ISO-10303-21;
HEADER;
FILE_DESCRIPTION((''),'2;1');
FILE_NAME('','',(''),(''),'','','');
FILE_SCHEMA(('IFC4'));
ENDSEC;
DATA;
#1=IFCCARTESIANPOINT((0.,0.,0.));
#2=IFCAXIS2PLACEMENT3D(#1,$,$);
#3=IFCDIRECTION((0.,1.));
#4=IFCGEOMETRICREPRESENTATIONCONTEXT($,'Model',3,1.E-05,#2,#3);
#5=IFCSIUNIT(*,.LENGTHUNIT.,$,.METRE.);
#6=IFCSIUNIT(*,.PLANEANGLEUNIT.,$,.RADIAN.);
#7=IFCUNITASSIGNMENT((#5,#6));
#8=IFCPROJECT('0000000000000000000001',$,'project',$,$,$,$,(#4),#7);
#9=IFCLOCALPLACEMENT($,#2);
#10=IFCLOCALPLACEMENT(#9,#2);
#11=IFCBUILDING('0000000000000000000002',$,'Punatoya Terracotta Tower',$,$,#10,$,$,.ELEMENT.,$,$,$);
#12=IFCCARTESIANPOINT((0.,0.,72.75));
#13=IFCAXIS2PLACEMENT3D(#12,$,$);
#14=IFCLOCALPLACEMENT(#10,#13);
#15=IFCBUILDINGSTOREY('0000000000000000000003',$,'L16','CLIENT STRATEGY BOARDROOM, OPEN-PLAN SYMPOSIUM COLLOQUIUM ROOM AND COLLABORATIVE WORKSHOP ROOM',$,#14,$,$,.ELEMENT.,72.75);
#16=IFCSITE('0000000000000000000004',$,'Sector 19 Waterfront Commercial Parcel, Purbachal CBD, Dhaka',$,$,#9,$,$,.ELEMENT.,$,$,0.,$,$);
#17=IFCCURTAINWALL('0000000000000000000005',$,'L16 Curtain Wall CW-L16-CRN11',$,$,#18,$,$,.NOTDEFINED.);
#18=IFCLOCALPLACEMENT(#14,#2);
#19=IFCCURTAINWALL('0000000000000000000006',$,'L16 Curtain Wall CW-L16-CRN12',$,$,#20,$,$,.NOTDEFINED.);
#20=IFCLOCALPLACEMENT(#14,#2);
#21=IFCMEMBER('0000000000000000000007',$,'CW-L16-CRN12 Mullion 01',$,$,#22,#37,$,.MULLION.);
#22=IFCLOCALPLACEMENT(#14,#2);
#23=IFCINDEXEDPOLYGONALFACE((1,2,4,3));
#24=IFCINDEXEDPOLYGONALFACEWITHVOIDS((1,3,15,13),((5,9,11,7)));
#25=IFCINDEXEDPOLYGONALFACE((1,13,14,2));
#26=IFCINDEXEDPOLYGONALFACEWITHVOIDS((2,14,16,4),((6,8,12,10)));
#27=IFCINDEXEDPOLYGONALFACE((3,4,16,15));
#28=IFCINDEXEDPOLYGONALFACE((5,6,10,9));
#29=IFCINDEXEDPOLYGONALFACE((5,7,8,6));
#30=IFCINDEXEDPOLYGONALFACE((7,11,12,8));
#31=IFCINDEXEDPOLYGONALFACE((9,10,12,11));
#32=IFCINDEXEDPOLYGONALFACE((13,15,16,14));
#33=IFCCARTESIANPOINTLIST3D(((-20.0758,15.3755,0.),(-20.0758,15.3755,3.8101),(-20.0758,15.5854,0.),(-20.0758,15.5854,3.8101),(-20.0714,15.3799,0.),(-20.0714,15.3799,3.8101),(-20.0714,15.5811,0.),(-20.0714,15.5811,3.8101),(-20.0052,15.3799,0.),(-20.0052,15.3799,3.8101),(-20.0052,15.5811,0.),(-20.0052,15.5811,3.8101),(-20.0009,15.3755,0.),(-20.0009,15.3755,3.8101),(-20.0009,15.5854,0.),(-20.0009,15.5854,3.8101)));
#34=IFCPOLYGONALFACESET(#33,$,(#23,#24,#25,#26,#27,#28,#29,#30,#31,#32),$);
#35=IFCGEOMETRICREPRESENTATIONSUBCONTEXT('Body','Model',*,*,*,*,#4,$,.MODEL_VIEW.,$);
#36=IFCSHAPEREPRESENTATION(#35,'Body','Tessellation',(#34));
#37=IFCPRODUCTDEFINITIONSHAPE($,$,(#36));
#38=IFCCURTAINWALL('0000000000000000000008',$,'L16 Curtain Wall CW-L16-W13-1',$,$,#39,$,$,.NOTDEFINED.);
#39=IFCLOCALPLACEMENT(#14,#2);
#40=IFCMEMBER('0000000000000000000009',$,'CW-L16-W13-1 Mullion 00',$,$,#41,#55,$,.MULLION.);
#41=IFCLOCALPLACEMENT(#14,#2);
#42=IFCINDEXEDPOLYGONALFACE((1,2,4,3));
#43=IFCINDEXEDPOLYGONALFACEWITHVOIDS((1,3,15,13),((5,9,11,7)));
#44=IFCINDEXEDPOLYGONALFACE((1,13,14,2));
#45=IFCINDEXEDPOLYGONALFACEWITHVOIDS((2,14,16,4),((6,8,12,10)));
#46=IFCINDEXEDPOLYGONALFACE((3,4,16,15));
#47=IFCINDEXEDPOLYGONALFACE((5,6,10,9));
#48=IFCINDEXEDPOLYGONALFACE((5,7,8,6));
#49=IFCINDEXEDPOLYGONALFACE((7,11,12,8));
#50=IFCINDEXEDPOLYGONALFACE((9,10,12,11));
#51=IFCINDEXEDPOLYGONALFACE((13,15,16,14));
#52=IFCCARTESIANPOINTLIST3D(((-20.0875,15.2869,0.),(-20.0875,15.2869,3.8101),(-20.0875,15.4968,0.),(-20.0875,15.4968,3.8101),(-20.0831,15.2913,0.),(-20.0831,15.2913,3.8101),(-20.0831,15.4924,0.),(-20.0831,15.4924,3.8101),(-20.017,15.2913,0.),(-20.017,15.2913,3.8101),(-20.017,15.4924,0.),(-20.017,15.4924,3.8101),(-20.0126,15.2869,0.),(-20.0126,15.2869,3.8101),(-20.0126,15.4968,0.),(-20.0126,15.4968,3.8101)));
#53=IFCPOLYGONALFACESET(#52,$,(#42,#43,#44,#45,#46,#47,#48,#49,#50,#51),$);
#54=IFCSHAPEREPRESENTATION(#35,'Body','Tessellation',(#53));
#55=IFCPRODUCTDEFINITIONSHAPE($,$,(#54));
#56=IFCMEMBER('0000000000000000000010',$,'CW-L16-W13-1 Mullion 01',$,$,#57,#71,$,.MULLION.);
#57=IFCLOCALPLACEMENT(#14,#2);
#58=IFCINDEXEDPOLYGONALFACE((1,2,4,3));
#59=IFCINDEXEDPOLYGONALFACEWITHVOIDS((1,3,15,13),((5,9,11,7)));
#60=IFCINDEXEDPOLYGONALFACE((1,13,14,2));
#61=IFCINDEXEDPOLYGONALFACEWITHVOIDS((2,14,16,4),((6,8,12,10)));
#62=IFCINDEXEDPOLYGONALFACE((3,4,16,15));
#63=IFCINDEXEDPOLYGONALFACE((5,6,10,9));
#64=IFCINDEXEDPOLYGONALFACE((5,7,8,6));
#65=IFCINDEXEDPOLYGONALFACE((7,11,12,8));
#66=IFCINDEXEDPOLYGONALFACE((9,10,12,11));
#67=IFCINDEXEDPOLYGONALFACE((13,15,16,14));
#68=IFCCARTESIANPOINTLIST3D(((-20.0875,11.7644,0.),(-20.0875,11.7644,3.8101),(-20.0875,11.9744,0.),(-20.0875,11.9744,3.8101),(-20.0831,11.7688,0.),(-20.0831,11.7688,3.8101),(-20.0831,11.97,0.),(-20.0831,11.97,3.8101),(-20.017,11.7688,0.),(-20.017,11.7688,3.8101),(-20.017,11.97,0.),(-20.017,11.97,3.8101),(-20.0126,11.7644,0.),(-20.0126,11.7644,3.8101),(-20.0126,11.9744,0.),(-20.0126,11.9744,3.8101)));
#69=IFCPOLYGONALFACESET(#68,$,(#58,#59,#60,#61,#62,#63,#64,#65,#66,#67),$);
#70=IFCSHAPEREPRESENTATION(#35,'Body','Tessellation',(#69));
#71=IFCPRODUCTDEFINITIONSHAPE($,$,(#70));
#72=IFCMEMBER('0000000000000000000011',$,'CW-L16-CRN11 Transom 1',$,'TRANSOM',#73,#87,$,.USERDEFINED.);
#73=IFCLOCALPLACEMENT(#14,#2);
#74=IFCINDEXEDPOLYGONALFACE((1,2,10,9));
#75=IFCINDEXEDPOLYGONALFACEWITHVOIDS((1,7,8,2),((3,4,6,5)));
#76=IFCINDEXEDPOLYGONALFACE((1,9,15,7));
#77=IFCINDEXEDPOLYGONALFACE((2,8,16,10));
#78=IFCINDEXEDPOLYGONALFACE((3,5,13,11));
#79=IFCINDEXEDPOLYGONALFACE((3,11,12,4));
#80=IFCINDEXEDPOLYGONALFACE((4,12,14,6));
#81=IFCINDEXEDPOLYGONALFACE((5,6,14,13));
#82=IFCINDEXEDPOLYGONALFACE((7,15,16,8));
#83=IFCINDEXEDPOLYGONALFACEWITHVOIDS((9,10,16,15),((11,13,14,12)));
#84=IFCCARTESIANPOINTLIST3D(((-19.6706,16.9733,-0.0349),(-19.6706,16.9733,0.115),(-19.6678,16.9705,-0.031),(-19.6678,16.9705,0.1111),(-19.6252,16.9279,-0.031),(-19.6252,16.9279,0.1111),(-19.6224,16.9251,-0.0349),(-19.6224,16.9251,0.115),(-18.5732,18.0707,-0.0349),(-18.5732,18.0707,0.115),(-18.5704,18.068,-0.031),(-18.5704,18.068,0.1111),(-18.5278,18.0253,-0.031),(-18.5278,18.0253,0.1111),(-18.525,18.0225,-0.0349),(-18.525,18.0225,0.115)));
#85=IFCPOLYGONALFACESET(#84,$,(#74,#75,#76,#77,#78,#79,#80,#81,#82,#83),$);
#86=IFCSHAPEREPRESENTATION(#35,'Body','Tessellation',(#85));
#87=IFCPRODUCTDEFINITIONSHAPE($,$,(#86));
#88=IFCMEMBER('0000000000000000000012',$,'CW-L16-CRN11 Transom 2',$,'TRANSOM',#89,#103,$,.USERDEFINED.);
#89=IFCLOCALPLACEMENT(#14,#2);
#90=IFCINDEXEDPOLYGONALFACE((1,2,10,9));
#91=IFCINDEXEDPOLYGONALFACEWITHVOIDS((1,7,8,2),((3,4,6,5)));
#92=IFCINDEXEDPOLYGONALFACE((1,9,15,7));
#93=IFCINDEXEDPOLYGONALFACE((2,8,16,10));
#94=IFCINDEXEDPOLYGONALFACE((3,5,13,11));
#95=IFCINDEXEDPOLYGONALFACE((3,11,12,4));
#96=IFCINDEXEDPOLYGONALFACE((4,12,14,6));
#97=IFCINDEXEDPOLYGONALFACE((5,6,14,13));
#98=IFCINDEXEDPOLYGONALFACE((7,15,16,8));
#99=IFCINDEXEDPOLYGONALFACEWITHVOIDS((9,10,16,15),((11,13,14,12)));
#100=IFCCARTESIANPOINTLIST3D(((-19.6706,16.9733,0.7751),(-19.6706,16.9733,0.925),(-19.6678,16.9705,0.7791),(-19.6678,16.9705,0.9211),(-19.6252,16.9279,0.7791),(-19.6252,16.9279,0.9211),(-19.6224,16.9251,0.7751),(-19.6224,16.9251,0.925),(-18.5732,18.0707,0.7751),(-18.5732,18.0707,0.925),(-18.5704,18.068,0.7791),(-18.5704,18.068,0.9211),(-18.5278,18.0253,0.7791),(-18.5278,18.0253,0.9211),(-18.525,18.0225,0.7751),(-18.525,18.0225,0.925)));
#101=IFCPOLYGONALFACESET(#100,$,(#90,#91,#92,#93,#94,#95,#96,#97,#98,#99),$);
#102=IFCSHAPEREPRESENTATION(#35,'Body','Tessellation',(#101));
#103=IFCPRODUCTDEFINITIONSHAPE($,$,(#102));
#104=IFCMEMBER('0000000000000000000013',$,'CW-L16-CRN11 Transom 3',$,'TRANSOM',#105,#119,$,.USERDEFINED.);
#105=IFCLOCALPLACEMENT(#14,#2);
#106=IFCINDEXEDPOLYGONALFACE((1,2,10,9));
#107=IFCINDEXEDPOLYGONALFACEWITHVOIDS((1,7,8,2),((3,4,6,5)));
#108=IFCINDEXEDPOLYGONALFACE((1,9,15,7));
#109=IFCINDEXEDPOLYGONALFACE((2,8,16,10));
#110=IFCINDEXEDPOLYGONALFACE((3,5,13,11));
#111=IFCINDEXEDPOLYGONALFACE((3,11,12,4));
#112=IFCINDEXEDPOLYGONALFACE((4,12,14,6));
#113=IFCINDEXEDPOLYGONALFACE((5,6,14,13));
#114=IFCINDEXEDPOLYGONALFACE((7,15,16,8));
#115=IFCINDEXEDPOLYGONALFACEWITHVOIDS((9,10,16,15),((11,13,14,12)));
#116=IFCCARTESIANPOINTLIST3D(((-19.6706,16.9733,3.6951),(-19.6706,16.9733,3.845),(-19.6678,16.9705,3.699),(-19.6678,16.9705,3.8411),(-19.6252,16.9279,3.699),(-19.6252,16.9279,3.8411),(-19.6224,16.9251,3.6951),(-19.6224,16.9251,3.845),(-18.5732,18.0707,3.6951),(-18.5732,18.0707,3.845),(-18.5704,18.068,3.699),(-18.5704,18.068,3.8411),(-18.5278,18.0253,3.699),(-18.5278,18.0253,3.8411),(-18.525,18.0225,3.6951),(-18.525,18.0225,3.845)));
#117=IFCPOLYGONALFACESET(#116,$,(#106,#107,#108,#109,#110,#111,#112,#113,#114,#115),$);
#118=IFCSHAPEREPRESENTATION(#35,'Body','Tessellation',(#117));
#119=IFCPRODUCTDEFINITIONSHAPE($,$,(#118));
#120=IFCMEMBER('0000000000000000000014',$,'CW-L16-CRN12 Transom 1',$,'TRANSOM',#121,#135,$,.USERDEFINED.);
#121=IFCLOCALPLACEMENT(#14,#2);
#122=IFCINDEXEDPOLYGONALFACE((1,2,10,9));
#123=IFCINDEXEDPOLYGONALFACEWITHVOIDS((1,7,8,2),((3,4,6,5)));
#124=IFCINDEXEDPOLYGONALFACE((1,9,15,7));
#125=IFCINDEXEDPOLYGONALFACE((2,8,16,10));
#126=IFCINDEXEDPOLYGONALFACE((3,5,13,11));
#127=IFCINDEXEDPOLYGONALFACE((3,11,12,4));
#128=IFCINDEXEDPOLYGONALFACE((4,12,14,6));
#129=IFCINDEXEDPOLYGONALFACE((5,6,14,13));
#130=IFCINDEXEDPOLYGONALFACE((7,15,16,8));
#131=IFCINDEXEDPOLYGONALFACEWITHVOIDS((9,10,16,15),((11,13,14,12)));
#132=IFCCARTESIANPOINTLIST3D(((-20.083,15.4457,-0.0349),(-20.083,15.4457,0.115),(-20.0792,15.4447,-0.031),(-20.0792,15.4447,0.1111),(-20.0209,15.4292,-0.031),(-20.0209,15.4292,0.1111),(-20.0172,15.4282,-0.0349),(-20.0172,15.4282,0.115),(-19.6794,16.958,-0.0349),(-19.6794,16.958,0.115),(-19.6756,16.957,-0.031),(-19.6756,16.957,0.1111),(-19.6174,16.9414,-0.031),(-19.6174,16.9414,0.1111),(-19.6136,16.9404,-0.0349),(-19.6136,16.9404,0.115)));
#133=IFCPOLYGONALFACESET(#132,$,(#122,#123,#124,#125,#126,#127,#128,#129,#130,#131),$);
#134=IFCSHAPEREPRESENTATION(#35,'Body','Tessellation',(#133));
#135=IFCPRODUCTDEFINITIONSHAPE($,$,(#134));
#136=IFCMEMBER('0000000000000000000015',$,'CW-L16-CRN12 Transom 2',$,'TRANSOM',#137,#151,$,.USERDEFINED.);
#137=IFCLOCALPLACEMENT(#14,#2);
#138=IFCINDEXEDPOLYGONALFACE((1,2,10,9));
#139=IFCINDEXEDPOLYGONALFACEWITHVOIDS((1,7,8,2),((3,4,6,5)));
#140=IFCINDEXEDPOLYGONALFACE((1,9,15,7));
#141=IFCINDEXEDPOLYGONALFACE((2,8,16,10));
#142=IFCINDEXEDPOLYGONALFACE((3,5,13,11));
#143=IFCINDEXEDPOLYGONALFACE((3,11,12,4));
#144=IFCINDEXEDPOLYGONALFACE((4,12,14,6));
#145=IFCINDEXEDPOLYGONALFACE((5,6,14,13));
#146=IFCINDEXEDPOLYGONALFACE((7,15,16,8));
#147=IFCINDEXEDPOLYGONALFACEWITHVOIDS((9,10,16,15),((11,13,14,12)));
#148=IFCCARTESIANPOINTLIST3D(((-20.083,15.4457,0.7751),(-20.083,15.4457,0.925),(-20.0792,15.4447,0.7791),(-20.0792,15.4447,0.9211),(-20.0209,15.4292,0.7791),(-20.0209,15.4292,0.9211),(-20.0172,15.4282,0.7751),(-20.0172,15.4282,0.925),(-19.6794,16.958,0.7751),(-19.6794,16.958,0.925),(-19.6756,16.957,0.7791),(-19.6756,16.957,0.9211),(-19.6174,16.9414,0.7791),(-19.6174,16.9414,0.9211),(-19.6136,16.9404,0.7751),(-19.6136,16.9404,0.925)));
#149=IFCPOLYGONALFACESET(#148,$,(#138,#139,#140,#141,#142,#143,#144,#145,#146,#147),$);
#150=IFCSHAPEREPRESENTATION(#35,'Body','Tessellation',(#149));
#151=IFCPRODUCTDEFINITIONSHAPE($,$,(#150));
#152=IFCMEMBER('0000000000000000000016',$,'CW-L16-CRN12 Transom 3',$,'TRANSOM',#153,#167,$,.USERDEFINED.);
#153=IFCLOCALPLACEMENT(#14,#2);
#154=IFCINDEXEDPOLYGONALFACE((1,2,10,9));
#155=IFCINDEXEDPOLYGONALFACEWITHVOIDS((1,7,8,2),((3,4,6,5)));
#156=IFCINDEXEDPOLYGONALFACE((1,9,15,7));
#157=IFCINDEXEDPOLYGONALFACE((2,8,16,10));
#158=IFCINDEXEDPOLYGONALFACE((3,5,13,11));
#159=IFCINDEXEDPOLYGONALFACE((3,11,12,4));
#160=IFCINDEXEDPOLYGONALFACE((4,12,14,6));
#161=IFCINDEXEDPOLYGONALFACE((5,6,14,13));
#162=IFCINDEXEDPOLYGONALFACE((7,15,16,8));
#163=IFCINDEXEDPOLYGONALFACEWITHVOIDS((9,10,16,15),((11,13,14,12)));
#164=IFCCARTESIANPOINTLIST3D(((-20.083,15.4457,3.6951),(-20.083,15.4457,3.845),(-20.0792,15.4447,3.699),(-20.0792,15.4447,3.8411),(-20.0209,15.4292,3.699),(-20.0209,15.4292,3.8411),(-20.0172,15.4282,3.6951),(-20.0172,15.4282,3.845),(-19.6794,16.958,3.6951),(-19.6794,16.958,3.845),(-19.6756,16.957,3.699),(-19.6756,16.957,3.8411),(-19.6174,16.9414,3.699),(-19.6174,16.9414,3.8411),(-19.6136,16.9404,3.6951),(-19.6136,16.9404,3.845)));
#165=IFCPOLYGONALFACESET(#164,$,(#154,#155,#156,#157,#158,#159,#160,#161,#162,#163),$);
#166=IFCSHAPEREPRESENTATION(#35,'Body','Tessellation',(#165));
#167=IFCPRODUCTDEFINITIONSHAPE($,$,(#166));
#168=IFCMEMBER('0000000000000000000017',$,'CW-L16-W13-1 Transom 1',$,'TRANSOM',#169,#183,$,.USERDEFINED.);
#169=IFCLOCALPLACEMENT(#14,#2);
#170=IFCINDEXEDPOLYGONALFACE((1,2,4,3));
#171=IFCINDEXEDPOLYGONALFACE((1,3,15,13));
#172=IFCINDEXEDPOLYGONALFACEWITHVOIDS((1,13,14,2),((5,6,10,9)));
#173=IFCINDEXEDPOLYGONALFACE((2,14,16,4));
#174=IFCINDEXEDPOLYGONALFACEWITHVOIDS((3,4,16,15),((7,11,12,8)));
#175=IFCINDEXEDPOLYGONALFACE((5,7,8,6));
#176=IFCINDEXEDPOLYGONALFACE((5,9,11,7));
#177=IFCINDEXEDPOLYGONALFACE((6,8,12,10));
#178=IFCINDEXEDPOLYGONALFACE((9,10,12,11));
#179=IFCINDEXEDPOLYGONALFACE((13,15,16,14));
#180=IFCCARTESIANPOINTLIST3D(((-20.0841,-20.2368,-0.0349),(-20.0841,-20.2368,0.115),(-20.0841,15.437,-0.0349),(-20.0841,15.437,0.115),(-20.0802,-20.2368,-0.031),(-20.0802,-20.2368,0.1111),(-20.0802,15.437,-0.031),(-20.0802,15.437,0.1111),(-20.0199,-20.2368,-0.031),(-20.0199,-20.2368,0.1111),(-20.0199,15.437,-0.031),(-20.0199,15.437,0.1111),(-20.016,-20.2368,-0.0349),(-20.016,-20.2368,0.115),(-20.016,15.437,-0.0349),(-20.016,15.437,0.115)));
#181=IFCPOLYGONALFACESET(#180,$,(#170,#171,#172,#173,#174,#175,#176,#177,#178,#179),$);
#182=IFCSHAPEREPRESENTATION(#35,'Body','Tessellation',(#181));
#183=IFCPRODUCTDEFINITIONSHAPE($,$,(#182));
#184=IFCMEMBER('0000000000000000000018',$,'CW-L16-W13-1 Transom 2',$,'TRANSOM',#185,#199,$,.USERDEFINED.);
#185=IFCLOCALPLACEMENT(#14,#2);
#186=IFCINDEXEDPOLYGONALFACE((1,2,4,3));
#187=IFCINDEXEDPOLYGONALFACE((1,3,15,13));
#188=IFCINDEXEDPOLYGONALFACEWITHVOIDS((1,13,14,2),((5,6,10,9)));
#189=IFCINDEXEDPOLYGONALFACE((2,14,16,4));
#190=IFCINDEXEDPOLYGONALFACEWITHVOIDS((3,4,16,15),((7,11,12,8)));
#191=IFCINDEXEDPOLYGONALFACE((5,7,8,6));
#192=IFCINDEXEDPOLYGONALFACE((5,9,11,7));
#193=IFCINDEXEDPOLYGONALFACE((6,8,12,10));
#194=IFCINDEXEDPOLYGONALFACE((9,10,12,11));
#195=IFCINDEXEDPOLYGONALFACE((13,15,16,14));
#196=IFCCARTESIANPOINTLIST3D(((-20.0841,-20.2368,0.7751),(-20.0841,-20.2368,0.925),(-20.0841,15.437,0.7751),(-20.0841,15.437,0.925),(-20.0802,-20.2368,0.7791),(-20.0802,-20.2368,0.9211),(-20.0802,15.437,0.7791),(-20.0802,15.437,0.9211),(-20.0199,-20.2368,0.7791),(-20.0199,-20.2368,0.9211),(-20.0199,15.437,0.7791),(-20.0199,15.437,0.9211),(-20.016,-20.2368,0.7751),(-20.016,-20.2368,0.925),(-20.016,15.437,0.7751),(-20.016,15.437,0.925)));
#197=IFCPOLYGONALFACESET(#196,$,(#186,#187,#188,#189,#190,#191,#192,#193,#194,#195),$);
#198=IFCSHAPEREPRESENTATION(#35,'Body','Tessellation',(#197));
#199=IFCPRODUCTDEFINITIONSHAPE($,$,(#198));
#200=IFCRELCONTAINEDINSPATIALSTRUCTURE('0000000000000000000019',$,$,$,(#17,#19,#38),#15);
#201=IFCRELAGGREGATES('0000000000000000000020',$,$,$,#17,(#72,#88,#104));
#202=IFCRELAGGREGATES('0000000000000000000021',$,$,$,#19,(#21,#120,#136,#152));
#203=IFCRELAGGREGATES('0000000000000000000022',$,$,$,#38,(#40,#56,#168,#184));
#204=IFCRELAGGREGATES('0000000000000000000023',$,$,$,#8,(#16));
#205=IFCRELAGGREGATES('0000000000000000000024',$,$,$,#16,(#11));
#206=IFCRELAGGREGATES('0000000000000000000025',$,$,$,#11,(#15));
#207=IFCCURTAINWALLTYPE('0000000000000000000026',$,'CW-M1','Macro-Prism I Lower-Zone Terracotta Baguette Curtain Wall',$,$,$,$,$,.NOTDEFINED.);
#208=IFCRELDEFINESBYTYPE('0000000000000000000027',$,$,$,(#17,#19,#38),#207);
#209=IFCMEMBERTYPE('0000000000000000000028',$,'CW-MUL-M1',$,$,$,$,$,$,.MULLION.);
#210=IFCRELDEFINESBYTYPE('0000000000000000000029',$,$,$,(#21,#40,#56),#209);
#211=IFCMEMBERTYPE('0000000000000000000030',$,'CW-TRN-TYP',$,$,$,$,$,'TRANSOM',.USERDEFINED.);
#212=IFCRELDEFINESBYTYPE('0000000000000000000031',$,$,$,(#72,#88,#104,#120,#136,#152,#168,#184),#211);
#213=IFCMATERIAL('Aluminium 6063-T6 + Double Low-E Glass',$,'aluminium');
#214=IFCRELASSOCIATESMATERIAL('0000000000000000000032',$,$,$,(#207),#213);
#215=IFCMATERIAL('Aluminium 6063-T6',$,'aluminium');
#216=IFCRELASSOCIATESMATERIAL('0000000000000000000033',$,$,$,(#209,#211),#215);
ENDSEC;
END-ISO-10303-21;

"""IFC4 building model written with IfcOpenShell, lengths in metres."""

from ifc_helpers import new_model, si_unit, direction, frame, origin, origin_2d, place, context, subcontext, project, spatial, hollow_rectangle, extrude, material, material_profile, profile_set, type_object, element, aggregate, save


model = new_model("IFC4")

# Units and contexts
model_context = context("Model", 3, precision=1e-05, world=origin(), true_north=direction((0.0, 1.0)))
body_context = subcontext(model_context, "Body", "Model", "MODEL_VIEW")
ifc_project = project(units=[si_unit("LENGTHUNIT", "METRE"), si_unit("PLANEANGLEUNIT", "RADIAN")], contexts=[model_context])

# Site, building, storey
site_placement = place(None, origin())
site = spatial("IfcSite", under=ifc_project, at=site_placement, Name="Sector 19 Waterfront Commercial Parcel, Purbachal CBD, Dhaka", CompositionType="ELEMENT", RefElevation=0.0)
building_placement = place(site_placement, origin())
building = spatial("IfcBuilding", under=site, at=building_placement, Name="Punatoya Terracotta Tower", CompositionType="ELEMENT")
storey_placement = place(building_placement, frame((0.0, 0.0, 72.75)))
storey = spatial("IfcBuildingStorey", under=building, at=storey_placement, Name="L16", Description="CLIENT STRATEGY BOARDROOM, OPEN-PLAN SYMPOSIUM COLLOQUIUM ROOM AND COLLABORATIVE WORKSHOP ROOM", CompositionType="ELEMENT", Elevation=72.75)

# Shared definitions
ifc_material_1 = material(Name="Aluminium 6063-T6 + Double Low-E Glass", Category="aluminium")
curtain_wall_type = type_object("IfcCurtainWallType", Name="CW-M1", Description="Macro-Prism I Lower-Zone Terracotta Baguette Curtain Wall", PredefinedType="NOTDEFINED", material=ifc_material_1)
ifc_material_2 = material(Name="Aluminium 6063-T6", Category="aluminium")
ifc_material_profile_1 = material_profile(ifc_material_2, hollow_rectangle(XDim=0.075, YDim=0.21, WallThickness=0.0044, at=origin_2d()))
ifc_profile_set_1 = profile_set([ifc_material_profile_1], Name="Aluminium 6063-T6")
member_type_1 = type_object("IfcMemberType", Name="CW-MUL-M1", PredefinedType="MULLION", material=ifc_profile_set_1)

# Curtain walls, members
curtain_wall_1_placement = place(storey_placement, origin())
curtain_wall_1 = element("IfcCurtainWall", 1, at=curtain_wall_1_placement, inside=storey, type_object=curtain_wall_type, Name="L16 Curtain Wall CW-L16-CRN11", PredefinedType="NOTDEFINED")
curtain_wall_2_placement = place(storey_placement, origin())
curtain_wall_2 = element("IfcCurtainWall", 2, at=curtain_wall_2_placement, inside=storey, type_object=curtain_wall_type, Name="L16 Curtain Wall CW-L16-CRN12", PredefinedType="NOTDEFINED")
member_1_placement = place(storey_placement, frame((-20.0383, 15.4805, 0.0), z_axis=(0.0, 0.0, 1.0), x_axis=(1.0, 0.0, 0.0)))
member_1 = element("IfcMember", 3, at=member_1_placement, type_object=member_type_1, Name="CW-L16-CRN12 Mullion 01", PredefinedType="MULLION", context=body_context, shape_type="SweptSolid", body=[
    extrude(hollow_rectangle(XDim=0.075, YDim=0.21, WallThickness=0.0044, at=origin_2d()), origin(), (0.0, 0.0, 1.0), 3.8101),
])
curtain_wall_3_placement = place(storey_placement, origin())
curtain_wall_3 = element("IfcCurtainWall", 4, at=curtain_wall_3_placement, inside=storey, type_object=curtain_wall_type, Name="L16 Curtain Wall CW-L16-W13-1", PredefinedType="NOTDEFINED")
member_2_placement = place(storey_placement, frame((-20.05, 15.3918, 0.0), z_axis=(0.0, 0.0, 1.0), x_axis=(1.0, 0.0, 0.0)))
member_2 = element("IfcMember", 5, at=member_2_placement, type_object=member_type_1, Name="CW-L16-W13-1 Mullion 00", PredefinedType="MULLION", context=body_context, shape_type="SweptSolid", body=[
    extrude(hollow_rectangle(XDim=0.075, YDim=0.21, WallThickness=0.0044, at=origin_2d()), origin(), (0.0, 0.0, 1.0), 3.8101),
])
member_3_placement = place(storey_placement, frame((-20.05, 11.8694, 0.0), z_axis=(0.0, 0.0, 1.0), x_axis=(1.0, 0.0, 0.0)))
member_3 = element("IfcMember", 6, at=member_3_placement, type_object=member_type_1, Name="CW-L16-W13-1 Mullion 01", PredefinedType="MULLION", context=body_context, shape_type="SweptSolid", body=[
    extrude(hollow_rectangle(XDim=0.075, YDim=0.21, WallThickness=0.0044, at=origin_2d()), origin(), (0.0, 0.0, 1.0), 3.8101),
])

# Members
ifc_material_profile_2 = material_profile(ifc_material_2, hollow_rectangle(XDim=0.0681, YDim=0.1499, WallThickness=0.0039, at=origin_2d()))
ifc_profile_set_2 = profile_set([ifc_material_profile_2], Name="Aluminium 6063-T6")
member_type_2 = type_object("IfcMemberType", Name="CW-TRN-TYP", ElementType="TRANSOM", PredefinedType="USERDEFINED", material=ifc_profile_set_2)
member_4_placement = place(storey_placement, frame((-18.5491, 18.0466, 0.04), z_axis=(-0.707107, -0.707107, 0.0), x_axis=(0.707107, -0.707107, 0.0)))
member_4 = element("IfcMember", 7, at=member_4_placement, type_object=member_type_2, Name="CW-L16-CRN11 Transom 1", ObjectType="TRANSOM", PredefinedType="USERDEFINED", context=body_context, shape_type="SweptSolid", body=[
    extrude(hollow_rectangle(XDim=0.0681, YDim=0.1499, WallThickness=0.0039, at=origin_2d()), origin(), (0.0, 0.0, 1.0), 1.552),
])
member_5_placement = place(storey_placement, frame((-18.5491, 18.0466, 0.8501), z_axis=(-0.707107, -0.707107, 0.0), x_axis=(0.707107, -0.707107, 0.0)))
member_5 = element("IfcMember", 8, at=member_5_placement, type_object=member_type_2, Name="CW-L16-CRN11 Transom 2", ObjectType="TRANSOM", PredefinedType="USERDEFINED", context=body_context, shape_type="SweptSolid", body=[
    extrude(hollow_rectangle(XDim=0.0681, YDim=0.1499, WallThickness=0.0039, at=origin_2d()), origin(), (0.0, 0.0, 1.0), 1.552),
])
member_6_placement = place(storey_placement, frame((-18.5491, 18.0466, 3.77), z_axis=(-0.707107, -0.707107, 0.0), x_axis=(0.707107, -0.707107, 0.0)))
member_6 = element("IfcMember", 9, at=member_6_placement, type_object=member_type_2, Name="CW-L16-CRN11 Transom 3", ObjectType="TRANSOM", PredefinedType="USERDEFINED", context=body_context, shape_type="SweptSolid", body=[
    extrude(hollow_rectangle(XDim=0.0681, YDim=0.1499, WallThickness=0.0039, at=origin_2d()), origin(), (0.0, 0.0, 1.0), 1.552),
])
member_7_placement = place(storey_placement, frame((-19.6465, 16.9492, 0.04), z_axis=(-0.257847, -0.966186, 0.0), x_axis=(0.966186, -0.257847, 0.0)))
member_7 = element("IfcMember", 10, at=member_7_placement, type_object=member_type_2, Name="CW-L16-CRN12 Transom 1", ObjectType="TRANSOM", PredefinedType="USERDEFINED", context=body_context, shape_type="SweptSolid", body=[
    extrude(hollow_rectangle(XDim=0.0681, YDim=0.1499, WallThickness=0.0039, at=origin_2d()), origin(), (0.0, 0.0, 1.0), 1.5652),
])
member_8_placement = place(storey_placement, frame((-19.6465, 16.9492, 0.8501), z_axis=(-0.257847, -0.966186, 0.0), x_axis=(0.966186, -0.257847, 0.0)))
member_8 = element("IfcMember", 11, at=member_8_placement, type_object=member_type_2, Name="CW-L16-CRN12 Transom 2", ObjectType="TRANSOM", PredefinedType="USERDEFINED", context=body_context, shape_type="SweptSolid", body=[
    extrude(hollow_rectangle(XDim=0.0681, YDim=0.1499, WallThickness=0.0039, at=origin_2d()), origin(), (0.0, 0.0, 1.0), 1.5652),
])
member_9_placement = place(storey_placement, frame((-19.6465, 16.9492, 3.77), z_axis=(-0.257847, -0.966186, 0.0), x_axis=(0.966186, -0.257847, 0.0)))
member_9 = element("IfcMember", 12, at=member_9_placement, type_object=member_type_2, Name="CW-L16-CRN12 Transom 3", ObjectType="TRANSOM", PredefinedType="USERDEFINED", context=body_context, shape_type="SweptSolid", body=[
    extrude(hollow_rectangle(XDim=0.0681, YDim=0.1499, WallThickness=0.0039, at=origin_2d()), origin(), (0.0, 0.0, 1.0), 1.5652),
])
member_10_placement = place(storey_placement, frame((-20.05, 15.437, 0.04), z_axis=(0.0, -1.0, 0.0), x_axis=(1.0, 0.0, 0.0)))
member_10 = element("IfcMember", 13, at=member_10_placement, type_object=member_type_2, Name="CW-L16-W13-1 Transom 1", ObjectType="TRANSOM", PredefinedType="USERDEFINED", context=body_context, shape_type="SweptSolid", body=[
    extrude(hollow_rectangle(XDim=0.0681, YDim=0.1499, WallThickness=0.0039, at=origin_2d()), origin(), (0.0, 0.0, 1.0), 35.6738),
])
member_11_placement = place(storey_placement, frame((-20.05, 15.437, 0.8501), z_axis=(0.0, -1.0, 0.0), x_axis=(1.0, 0.0, 0.0)))
member_11 = element("IfcMember", 14, at=member_11_placement, type_object=member_type_2, Name="CW-L16-W13-1 Transom 2", ObjectType="TRANSOM", PredefinedType="USERDEFINED", context=body_context, shape_type="SweptSolid", body=[
    extrude(hollow_rectangle(XDim=0.0681, YDim=0.1499, WallThickness=0.0039, at=origin_2d()), origin(), (0.0, 0.0, 1.0), 35.6738),
])

aggregate(curtain_wall_1, [member_4, member_5, member_6])
aggregate(curtain_wall_2, [member_1, member_7, member_8, member_9])
aggregate(curtain_wall_3, [member_2, member_3, member_10, member_11])

save(model, "model.ifc")
